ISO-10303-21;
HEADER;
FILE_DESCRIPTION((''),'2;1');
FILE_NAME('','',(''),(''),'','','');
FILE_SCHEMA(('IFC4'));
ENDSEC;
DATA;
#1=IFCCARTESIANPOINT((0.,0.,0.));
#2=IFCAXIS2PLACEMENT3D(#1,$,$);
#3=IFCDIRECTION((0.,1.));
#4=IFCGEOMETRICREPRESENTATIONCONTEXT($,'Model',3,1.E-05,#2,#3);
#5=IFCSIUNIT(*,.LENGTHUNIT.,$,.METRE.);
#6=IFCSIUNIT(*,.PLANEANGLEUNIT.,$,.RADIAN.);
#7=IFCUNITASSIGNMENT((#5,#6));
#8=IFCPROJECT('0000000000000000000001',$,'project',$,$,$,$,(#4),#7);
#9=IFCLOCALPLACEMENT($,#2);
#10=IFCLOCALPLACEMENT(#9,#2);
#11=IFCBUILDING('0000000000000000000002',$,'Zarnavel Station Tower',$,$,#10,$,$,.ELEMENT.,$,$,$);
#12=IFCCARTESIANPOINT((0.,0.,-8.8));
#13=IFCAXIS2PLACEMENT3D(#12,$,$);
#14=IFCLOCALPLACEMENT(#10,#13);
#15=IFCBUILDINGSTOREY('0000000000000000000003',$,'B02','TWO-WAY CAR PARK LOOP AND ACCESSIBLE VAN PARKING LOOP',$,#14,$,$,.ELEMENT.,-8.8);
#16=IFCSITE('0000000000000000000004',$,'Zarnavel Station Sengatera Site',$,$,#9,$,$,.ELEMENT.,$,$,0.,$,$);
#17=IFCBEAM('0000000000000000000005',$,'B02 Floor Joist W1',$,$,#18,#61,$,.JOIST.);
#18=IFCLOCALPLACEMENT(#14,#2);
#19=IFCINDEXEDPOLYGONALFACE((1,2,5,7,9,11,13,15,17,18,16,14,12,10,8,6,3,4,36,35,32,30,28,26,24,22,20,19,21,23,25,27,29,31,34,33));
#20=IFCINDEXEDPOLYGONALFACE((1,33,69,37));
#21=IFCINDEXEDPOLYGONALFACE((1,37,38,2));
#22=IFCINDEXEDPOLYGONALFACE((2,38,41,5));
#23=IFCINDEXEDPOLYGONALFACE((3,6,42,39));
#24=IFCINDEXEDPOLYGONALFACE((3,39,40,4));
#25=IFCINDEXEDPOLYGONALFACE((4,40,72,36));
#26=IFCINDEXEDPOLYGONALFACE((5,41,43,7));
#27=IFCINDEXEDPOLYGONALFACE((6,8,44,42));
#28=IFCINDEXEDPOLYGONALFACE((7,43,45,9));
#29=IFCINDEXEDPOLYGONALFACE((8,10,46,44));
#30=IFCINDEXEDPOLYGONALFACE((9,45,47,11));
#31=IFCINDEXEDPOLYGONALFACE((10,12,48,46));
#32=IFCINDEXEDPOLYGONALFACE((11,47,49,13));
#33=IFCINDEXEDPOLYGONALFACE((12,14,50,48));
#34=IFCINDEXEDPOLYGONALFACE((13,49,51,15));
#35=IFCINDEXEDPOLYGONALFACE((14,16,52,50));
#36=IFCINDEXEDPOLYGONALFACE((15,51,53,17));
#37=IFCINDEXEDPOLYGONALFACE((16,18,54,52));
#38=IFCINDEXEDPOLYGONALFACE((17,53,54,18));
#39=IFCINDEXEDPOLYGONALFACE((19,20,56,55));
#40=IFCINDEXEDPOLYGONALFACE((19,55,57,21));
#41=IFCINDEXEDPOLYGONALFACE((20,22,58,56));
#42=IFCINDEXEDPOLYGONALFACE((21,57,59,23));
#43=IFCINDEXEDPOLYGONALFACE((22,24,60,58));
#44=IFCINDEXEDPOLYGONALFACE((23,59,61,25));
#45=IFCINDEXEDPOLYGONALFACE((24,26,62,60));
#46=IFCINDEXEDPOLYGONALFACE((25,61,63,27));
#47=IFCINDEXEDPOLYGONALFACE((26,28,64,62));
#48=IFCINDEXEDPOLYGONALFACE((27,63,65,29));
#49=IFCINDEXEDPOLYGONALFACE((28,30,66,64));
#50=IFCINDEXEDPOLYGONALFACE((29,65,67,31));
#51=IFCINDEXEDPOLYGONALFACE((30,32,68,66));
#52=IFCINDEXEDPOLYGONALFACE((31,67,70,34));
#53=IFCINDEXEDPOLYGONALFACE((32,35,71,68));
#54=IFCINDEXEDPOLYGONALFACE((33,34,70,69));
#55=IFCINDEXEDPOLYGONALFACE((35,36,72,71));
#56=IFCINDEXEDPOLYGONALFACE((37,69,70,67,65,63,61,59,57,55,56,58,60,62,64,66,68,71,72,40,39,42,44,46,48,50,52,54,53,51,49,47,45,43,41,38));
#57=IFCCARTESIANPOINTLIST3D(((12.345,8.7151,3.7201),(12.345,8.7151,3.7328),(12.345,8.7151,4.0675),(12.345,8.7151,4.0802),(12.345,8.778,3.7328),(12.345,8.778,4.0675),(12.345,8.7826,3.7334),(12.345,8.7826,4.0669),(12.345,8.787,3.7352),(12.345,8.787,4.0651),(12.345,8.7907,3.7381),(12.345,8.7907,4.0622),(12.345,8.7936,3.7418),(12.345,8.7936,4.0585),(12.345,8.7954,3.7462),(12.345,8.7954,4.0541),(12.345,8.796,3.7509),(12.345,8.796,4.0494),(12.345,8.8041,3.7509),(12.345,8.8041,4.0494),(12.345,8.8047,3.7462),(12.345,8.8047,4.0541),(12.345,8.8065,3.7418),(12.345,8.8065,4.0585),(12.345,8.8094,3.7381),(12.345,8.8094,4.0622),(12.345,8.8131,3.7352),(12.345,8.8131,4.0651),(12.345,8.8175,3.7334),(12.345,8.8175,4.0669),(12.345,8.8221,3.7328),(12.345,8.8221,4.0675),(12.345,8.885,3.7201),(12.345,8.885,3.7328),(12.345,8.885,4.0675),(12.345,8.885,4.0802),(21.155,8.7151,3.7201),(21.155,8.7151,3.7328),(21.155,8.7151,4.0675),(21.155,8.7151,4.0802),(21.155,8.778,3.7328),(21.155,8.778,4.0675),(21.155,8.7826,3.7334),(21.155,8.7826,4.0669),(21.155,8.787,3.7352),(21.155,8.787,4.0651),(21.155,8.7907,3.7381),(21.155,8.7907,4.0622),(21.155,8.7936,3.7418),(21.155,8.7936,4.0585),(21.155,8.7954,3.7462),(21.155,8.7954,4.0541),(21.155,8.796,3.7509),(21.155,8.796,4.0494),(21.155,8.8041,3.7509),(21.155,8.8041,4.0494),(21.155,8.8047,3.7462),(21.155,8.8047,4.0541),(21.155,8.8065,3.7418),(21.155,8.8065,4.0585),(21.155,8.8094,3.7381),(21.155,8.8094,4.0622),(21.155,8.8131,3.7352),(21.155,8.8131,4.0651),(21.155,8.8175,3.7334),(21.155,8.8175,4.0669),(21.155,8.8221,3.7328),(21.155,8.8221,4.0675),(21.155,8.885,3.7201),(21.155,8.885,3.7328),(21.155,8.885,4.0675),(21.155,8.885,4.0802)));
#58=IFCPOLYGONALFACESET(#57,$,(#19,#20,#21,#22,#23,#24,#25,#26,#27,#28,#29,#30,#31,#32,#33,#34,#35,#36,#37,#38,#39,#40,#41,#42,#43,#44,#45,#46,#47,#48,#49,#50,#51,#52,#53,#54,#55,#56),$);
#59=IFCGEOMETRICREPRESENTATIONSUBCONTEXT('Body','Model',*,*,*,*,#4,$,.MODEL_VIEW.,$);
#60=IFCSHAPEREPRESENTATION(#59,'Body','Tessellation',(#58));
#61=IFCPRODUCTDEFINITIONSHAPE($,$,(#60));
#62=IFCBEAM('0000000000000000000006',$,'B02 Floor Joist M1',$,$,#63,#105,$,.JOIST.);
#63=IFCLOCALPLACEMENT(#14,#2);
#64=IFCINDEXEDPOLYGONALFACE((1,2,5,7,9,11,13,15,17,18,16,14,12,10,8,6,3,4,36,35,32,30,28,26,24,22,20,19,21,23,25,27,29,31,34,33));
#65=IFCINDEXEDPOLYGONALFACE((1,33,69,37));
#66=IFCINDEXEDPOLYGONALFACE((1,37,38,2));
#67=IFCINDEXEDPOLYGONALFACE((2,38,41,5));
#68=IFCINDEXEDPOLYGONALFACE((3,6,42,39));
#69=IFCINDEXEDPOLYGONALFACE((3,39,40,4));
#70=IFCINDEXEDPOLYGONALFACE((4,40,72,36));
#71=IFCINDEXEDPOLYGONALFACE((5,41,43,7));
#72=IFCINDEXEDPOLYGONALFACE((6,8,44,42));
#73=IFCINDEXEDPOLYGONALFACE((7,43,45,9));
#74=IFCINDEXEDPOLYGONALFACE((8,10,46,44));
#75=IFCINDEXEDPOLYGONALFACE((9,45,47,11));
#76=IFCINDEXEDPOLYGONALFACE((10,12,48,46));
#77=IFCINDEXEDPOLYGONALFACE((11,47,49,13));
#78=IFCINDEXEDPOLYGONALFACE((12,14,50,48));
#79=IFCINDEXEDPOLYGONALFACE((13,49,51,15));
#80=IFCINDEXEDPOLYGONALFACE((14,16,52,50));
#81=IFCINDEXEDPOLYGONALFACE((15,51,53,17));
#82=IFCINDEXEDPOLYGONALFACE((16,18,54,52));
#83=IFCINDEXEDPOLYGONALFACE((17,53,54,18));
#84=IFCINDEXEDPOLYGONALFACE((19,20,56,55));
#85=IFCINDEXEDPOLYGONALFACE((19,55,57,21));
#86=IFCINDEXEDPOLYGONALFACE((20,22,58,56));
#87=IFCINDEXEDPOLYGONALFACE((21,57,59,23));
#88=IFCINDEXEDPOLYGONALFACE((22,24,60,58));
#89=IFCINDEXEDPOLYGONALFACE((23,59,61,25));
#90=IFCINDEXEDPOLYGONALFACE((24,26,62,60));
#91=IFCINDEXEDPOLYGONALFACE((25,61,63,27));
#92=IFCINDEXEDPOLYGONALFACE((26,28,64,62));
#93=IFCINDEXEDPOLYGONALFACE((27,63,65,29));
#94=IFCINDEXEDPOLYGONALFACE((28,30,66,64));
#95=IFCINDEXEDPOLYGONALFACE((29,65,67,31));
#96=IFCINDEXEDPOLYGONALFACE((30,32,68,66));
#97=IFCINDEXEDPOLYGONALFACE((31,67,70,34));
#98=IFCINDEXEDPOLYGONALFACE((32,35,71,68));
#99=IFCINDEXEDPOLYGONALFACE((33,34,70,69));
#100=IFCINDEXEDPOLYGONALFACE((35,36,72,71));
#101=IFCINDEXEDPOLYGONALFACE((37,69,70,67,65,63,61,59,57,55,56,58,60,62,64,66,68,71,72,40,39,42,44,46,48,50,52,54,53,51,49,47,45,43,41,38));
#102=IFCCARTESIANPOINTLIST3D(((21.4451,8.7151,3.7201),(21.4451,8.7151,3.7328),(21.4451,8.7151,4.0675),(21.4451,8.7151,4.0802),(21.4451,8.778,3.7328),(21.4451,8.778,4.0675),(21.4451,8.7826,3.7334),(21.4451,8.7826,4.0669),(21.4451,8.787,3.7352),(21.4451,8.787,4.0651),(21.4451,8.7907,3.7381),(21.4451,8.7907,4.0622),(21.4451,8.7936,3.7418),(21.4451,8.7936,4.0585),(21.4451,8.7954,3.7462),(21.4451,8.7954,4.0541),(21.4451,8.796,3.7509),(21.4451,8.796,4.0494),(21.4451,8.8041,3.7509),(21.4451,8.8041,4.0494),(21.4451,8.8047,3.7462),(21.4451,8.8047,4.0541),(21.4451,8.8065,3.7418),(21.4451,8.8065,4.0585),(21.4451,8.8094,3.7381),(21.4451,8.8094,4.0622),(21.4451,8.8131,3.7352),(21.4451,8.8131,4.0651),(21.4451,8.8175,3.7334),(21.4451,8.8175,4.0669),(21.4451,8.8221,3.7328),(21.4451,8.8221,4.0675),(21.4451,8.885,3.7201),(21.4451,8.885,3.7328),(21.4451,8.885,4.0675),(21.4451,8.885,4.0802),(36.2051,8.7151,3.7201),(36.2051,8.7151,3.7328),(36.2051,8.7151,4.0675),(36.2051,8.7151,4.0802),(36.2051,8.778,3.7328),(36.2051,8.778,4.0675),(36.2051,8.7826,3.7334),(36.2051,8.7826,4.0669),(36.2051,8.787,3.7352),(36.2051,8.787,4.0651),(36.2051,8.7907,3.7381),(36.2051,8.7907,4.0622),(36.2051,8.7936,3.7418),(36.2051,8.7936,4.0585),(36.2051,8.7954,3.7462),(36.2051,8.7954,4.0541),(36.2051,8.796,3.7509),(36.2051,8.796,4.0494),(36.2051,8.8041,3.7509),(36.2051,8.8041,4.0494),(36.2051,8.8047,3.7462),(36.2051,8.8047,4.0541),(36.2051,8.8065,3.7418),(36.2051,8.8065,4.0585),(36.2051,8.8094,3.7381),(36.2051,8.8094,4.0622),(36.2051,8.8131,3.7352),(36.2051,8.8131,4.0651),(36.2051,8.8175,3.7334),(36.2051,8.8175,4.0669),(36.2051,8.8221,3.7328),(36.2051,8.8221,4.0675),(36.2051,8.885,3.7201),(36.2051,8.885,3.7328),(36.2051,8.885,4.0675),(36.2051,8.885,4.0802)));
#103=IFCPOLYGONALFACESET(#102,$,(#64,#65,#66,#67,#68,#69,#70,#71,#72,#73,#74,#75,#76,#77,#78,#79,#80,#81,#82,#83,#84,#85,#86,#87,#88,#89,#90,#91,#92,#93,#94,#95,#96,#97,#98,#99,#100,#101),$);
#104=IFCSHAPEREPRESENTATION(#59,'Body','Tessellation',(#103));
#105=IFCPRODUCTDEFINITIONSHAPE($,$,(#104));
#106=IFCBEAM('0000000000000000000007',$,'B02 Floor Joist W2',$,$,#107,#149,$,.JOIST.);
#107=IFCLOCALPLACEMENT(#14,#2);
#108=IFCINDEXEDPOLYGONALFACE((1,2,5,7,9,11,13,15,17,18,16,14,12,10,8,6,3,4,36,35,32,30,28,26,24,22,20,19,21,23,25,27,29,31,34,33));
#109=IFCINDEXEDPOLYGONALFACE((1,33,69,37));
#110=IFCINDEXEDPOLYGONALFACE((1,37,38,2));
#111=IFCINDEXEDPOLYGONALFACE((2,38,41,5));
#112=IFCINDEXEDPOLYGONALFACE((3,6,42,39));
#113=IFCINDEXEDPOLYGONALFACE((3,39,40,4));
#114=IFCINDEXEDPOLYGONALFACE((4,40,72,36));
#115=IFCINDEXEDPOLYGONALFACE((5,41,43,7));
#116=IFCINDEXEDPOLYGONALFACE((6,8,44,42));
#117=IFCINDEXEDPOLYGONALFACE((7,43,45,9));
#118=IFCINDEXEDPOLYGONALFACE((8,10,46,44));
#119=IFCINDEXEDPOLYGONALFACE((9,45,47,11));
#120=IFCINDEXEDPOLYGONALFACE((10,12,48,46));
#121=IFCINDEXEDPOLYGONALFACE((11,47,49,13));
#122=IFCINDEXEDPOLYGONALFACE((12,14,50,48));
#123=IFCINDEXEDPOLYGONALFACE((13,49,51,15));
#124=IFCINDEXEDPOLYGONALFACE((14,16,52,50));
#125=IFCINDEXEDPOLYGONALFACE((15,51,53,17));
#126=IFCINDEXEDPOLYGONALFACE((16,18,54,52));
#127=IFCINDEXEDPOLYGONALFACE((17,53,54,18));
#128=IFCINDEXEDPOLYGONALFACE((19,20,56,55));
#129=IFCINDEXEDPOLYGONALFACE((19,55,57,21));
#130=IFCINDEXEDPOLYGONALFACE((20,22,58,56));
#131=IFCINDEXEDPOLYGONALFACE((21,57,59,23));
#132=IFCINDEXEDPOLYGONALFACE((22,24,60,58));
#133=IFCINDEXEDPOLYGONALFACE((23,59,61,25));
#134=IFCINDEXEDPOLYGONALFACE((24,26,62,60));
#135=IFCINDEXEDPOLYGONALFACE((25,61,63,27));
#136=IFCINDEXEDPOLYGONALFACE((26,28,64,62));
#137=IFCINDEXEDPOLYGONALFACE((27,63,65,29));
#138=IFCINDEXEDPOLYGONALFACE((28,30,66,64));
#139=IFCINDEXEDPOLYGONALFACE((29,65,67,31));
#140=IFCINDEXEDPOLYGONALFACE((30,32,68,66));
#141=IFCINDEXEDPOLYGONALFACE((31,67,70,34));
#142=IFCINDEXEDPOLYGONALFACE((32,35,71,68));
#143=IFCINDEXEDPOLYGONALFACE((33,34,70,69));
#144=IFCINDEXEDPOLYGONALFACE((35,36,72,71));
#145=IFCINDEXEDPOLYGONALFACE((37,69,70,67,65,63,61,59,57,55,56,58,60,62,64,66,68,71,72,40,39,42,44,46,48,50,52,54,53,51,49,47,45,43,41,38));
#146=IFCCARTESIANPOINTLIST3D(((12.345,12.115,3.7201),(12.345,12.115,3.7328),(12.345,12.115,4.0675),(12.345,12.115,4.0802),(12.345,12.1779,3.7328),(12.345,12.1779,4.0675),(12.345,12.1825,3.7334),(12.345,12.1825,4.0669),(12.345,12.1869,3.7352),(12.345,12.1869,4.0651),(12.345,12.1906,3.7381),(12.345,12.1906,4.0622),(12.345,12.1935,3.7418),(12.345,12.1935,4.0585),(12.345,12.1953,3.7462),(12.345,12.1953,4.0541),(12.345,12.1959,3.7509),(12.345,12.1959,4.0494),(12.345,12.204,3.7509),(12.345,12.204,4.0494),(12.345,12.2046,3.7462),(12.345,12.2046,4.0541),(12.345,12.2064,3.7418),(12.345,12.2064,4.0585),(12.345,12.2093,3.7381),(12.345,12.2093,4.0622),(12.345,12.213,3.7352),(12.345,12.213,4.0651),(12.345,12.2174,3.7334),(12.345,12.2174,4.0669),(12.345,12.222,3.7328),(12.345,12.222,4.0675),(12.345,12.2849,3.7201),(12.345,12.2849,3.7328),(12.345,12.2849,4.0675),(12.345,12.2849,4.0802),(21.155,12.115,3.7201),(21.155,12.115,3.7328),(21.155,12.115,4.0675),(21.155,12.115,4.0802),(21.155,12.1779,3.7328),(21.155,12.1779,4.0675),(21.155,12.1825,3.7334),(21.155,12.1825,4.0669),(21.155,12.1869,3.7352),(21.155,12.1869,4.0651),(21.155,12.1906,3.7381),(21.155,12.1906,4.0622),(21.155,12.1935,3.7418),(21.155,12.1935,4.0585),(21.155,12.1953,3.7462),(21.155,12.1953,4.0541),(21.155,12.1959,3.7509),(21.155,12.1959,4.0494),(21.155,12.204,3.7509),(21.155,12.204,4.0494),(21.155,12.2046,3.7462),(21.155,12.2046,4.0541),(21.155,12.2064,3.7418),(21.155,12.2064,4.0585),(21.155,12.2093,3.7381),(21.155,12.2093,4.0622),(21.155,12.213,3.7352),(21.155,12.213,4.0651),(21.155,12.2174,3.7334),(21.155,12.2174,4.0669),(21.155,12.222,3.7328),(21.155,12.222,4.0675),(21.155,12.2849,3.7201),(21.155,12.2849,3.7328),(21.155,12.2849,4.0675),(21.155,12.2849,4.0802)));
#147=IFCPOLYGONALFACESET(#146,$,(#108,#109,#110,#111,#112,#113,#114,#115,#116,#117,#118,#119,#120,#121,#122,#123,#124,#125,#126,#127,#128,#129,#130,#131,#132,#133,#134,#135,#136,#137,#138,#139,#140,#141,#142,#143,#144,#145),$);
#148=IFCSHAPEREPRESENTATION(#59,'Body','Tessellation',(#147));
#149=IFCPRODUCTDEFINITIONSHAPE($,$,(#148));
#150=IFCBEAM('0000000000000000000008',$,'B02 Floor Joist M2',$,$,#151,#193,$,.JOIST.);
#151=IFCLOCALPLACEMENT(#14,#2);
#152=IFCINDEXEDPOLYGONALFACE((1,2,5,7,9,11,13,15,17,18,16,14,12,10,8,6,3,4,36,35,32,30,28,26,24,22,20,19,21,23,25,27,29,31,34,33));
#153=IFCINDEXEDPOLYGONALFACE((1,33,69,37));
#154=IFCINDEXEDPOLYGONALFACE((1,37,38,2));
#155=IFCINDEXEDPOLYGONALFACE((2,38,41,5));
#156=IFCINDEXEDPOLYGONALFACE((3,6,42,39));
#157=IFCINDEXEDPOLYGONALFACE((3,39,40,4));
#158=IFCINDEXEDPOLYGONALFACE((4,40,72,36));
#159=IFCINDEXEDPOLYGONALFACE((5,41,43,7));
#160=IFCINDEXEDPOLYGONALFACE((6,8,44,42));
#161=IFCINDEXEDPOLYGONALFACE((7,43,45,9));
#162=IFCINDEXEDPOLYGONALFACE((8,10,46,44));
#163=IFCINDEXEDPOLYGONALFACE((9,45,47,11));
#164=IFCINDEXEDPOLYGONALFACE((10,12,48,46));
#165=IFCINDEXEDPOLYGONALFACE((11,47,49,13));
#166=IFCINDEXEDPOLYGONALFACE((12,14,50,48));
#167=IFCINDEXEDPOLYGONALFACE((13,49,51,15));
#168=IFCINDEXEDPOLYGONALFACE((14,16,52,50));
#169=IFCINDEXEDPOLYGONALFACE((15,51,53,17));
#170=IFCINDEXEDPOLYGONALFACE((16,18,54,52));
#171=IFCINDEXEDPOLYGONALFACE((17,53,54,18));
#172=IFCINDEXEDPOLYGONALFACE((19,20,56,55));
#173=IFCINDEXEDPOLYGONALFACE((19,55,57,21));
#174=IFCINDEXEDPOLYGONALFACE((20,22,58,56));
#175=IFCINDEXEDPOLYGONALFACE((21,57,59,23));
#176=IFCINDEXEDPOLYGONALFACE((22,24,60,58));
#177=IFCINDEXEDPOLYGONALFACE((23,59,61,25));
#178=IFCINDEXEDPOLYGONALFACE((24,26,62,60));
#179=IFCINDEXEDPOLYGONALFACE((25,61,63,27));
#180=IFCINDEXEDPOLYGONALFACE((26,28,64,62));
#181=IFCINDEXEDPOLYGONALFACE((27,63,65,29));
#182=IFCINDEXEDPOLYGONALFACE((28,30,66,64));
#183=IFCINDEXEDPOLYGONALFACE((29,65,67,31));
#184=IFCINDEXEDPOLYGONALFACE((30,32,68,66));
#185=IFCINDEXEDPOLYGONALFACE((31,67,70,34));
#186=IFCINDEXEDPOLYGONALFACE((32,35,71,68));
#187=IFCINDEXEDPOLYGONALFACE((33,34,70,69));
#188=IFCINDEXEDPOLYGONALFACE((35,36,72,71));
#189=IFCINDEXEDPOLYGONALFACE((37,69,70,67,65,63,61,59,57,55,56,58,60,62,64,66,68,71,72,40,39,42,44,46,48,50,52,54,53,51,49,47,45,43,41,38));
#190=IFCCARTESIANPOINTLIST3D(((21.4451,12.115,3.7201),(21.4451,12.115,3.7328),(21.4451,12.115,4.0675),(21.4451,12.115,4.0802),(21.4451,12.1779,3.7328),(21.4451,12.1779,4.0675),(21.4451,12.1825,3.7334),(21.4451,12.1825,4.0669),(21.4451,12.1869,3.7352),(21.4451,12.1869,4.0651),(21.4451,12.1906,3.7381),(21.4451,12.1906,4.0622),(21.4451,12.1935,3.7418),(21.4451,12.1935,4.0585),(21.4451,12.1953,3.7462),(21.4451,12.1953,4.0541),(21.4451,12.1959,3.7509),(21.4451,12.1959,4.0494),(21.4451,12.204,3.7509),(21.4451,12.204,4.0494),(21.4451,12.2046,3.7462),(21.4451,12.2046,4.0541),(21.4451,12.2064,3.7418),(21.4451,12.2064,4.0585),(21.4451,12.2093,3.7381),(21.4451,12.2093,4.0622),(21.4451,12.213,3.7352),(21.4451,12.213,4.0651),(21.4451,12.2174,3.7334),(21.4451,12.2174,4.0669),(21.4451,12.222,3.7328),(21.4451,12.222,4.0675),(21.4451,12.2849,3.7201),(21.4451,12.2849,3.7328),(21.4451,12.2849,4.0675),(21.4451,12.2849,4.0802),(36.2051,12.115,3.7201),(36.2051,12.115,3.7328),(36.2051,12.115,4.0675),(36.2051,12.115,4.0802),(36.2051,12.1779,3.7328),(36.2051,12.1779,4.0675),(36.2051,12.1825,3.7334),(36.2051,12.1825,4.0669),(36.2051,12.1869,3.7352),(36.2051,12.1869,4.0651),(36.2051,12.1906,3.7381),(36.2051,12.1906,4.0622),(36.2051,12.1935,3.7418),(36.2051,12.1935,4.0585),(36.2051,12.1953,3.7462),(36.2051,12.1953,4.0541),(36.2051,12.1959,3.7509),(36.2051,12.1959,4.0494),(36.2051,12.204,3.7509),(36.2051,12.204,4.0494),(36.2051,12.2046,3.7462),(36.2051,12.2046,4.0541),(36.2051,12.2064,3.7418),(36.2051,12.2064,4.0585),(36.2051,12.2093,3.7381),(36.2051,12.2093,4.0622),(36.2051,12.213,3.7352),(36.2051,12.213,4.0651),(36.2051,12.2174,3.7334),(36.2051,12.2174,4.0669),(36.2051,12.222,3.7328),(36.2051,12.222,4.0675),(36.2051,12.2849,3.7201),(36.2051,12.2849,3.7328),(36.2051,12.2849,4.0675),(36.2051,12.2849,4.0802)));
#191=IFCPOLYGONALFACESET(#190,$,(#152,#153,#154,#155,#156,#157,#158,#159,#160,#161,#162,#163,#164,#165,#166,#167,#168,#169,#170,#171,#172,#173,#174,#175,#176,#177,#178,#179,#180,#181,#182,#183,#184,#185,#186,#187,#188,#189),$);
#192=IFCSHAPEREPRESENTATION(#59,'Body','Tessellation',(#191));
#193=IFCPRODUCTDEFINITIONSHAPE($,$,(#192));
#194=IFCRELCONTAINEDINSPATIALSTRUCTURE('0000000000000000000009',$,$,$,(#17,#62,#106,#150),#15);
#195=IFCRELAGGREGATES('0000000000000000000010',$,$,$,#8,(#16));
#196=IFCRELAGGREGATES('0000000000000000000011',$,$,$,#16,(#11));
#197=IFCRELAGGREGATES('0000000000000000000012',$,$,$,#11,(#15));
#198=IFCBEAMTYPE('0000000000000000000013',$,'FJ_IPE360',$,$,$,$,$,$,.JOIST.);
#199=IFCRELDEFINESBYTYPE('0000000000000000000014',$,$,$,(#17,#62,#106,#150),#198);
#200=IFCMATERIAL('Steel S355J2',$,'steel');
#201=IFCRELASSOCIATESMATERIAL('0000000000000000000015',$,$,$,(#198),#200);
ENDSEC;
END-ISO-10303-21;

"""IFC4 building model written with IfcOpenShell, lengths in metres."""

from ifc_helpers import new_model, si_unit, direction, frame, origin, origin_2d, place, context, subcontext, project, spatial, i_section, extrude, material, material_profile, profile_set, type_object, element, save


model = new_model("IFC4")

# Units and contexts
model_context = context("Model", 3, precision=1e-05, world=origin(), true_north=direction((0.0, 1.0)))
body_context = subcontext(model_context, "Body", "Model", "MODEL_VIEW")
ifc_project = project(units=[si_unit("LENGTHUNIT", "METRE"), si_unit("PLANEANGLEUNIT", "RADIAN")], contexts=[model_context])

# Site, building, storey
site_placement = place(None, origin())
site = spatial("IfcSite", under=ifc_project, at=site_placement, Name="Zarnavel Station Sengatera Site", CompositionType="ELEMENT", RefElevation=0.0)
building_placement = place(site_placement, origin())
building = spatial("IfcBuilding", under=site, at=building_placement, Name="Zarnavel Station Tower", CompositionType="ELEMENT")
storey_placement = place(building_placement, frame((0.0, 0.0, -8.8)))
storey = spatial("IfcBuildingStorey", under=building, at=storey_placement, Name="B02", Description="TWO-WAY CAR PARK LOOP AND ACCESSIBLE VAN PARKING LOOP", CompositionType="ELEMENT", Elevation=-8.8)

# Beams
ifc_material_1 = material(Name="Steel S355J2", Category="steel")
ifc_material_profile_1 = material_profile(ifc_material_1, i_section(OverallWidth=0.1699, OverallDepth=0.3601, WebThickness=0.0081, FlangeThickness=0.0127, FilletRadius=0.0181, at=origin_2d()), Name="IPE360")
ifc_profile_set_1 = profile_set([ifc_material_profile_1], Name="Steel S355J2")
beam_type_1 = type_object("IfcBeamType", Name="FJ_IPE360", PredefinedType="JOIST", material=ifc_profile_set_1)
beam_1_placement = place(storey_placement, frame((12.345, 8.8, 3.9001), z_axis=(1.0, 0.0, 0.0), x_axis=(0.0, 1.0, 0.0)))
element("IfcBeam", 1, at=beam_1_placement, inside=storey, type_object=beam_type_1, Name="B02 Floor Joist W1", PredefinedType="JOIST", context=body_context, shape_type="SweptSolid", body=[
    extrude(i_section(OverallWidth=0.1699, OverallDepth=0.3601, WebThickness=0.0081, FlangeThickness=0.0127, FilletRadius=0.0181, at=origin_2d()), origin(), (0.0, 0.0, 1.0), 8.8101),
])
beam_2_placement = place(storey_placement, frame((21.4451, 8.8, 3.9001), z_axis=(1.0, 0.0, 0.0), x_axis=(0.0, 1.0, 0.0)))
element("IfcBeam", 2, at=beam_2_placement, inside=storey, type_object=beam_type_1, Name="B02 Floor Joist M1", PredefinedType="JOIST", context=body_context, shape_type="SweptSolid", body=[
    extrude(i_section(OverallWidth=0.1699, OverallDepth=0.3601, WebThickness=0.0081, FlangeThickness=0.0127, FilletRadius=0.0181, at=origin_2d()), origin(), (0.0, 0.0, 1.0), 14.76),
])
beam_3_placement = place(storey_placement, frame((12.345, 12.2, 3.9001), z_axis=(1.0, 0.0, 0.0), x_axis=(0.0, 1.0, 0.0)))
element("IfcBeam", 3, at=beam_3_placement, inside=storey, type_object=beam_type_1, Name="B02 Floor Joist W2", PredefinedType="JOIST", context=body_context, shape_type="SweptSolid", body=[
    extrude(i_section(OverallWidth=0.1699, OverallDepth=0.3601, WebThickness=0.0081, FlangeThickness=0.0127, FilletRadius=0.0181, at=origin_2d()), origin(), (0.0, 0.0, 1.0), 8.8101),
])
beam_4_placement = place(storey_placement, frame((21.4451, 12.2, 3.9001), z_axis=(1.0, 0.0, 0.0), x_axis=(0.0, 1.0, 0.0)))
element("IfcBeam", 4, at=beam_4_placement, inside=storey, type_object=beam_type_1, Name="B02 Floor Joist M2", PredefinedType="JOIST", context=body_context, shape_type="SweptSolid", body=[
    extrude(i_section(OverallWidth=0.1699, OverallDepth=0.3601, WebThickness=0.0081, FlangeThickness=0.0127, FilletRadius=0.0181, at=origin_2d()), origin(), (0.0, 0.0, 1.0), 14.76),
])

save(model, "model.ifc")
